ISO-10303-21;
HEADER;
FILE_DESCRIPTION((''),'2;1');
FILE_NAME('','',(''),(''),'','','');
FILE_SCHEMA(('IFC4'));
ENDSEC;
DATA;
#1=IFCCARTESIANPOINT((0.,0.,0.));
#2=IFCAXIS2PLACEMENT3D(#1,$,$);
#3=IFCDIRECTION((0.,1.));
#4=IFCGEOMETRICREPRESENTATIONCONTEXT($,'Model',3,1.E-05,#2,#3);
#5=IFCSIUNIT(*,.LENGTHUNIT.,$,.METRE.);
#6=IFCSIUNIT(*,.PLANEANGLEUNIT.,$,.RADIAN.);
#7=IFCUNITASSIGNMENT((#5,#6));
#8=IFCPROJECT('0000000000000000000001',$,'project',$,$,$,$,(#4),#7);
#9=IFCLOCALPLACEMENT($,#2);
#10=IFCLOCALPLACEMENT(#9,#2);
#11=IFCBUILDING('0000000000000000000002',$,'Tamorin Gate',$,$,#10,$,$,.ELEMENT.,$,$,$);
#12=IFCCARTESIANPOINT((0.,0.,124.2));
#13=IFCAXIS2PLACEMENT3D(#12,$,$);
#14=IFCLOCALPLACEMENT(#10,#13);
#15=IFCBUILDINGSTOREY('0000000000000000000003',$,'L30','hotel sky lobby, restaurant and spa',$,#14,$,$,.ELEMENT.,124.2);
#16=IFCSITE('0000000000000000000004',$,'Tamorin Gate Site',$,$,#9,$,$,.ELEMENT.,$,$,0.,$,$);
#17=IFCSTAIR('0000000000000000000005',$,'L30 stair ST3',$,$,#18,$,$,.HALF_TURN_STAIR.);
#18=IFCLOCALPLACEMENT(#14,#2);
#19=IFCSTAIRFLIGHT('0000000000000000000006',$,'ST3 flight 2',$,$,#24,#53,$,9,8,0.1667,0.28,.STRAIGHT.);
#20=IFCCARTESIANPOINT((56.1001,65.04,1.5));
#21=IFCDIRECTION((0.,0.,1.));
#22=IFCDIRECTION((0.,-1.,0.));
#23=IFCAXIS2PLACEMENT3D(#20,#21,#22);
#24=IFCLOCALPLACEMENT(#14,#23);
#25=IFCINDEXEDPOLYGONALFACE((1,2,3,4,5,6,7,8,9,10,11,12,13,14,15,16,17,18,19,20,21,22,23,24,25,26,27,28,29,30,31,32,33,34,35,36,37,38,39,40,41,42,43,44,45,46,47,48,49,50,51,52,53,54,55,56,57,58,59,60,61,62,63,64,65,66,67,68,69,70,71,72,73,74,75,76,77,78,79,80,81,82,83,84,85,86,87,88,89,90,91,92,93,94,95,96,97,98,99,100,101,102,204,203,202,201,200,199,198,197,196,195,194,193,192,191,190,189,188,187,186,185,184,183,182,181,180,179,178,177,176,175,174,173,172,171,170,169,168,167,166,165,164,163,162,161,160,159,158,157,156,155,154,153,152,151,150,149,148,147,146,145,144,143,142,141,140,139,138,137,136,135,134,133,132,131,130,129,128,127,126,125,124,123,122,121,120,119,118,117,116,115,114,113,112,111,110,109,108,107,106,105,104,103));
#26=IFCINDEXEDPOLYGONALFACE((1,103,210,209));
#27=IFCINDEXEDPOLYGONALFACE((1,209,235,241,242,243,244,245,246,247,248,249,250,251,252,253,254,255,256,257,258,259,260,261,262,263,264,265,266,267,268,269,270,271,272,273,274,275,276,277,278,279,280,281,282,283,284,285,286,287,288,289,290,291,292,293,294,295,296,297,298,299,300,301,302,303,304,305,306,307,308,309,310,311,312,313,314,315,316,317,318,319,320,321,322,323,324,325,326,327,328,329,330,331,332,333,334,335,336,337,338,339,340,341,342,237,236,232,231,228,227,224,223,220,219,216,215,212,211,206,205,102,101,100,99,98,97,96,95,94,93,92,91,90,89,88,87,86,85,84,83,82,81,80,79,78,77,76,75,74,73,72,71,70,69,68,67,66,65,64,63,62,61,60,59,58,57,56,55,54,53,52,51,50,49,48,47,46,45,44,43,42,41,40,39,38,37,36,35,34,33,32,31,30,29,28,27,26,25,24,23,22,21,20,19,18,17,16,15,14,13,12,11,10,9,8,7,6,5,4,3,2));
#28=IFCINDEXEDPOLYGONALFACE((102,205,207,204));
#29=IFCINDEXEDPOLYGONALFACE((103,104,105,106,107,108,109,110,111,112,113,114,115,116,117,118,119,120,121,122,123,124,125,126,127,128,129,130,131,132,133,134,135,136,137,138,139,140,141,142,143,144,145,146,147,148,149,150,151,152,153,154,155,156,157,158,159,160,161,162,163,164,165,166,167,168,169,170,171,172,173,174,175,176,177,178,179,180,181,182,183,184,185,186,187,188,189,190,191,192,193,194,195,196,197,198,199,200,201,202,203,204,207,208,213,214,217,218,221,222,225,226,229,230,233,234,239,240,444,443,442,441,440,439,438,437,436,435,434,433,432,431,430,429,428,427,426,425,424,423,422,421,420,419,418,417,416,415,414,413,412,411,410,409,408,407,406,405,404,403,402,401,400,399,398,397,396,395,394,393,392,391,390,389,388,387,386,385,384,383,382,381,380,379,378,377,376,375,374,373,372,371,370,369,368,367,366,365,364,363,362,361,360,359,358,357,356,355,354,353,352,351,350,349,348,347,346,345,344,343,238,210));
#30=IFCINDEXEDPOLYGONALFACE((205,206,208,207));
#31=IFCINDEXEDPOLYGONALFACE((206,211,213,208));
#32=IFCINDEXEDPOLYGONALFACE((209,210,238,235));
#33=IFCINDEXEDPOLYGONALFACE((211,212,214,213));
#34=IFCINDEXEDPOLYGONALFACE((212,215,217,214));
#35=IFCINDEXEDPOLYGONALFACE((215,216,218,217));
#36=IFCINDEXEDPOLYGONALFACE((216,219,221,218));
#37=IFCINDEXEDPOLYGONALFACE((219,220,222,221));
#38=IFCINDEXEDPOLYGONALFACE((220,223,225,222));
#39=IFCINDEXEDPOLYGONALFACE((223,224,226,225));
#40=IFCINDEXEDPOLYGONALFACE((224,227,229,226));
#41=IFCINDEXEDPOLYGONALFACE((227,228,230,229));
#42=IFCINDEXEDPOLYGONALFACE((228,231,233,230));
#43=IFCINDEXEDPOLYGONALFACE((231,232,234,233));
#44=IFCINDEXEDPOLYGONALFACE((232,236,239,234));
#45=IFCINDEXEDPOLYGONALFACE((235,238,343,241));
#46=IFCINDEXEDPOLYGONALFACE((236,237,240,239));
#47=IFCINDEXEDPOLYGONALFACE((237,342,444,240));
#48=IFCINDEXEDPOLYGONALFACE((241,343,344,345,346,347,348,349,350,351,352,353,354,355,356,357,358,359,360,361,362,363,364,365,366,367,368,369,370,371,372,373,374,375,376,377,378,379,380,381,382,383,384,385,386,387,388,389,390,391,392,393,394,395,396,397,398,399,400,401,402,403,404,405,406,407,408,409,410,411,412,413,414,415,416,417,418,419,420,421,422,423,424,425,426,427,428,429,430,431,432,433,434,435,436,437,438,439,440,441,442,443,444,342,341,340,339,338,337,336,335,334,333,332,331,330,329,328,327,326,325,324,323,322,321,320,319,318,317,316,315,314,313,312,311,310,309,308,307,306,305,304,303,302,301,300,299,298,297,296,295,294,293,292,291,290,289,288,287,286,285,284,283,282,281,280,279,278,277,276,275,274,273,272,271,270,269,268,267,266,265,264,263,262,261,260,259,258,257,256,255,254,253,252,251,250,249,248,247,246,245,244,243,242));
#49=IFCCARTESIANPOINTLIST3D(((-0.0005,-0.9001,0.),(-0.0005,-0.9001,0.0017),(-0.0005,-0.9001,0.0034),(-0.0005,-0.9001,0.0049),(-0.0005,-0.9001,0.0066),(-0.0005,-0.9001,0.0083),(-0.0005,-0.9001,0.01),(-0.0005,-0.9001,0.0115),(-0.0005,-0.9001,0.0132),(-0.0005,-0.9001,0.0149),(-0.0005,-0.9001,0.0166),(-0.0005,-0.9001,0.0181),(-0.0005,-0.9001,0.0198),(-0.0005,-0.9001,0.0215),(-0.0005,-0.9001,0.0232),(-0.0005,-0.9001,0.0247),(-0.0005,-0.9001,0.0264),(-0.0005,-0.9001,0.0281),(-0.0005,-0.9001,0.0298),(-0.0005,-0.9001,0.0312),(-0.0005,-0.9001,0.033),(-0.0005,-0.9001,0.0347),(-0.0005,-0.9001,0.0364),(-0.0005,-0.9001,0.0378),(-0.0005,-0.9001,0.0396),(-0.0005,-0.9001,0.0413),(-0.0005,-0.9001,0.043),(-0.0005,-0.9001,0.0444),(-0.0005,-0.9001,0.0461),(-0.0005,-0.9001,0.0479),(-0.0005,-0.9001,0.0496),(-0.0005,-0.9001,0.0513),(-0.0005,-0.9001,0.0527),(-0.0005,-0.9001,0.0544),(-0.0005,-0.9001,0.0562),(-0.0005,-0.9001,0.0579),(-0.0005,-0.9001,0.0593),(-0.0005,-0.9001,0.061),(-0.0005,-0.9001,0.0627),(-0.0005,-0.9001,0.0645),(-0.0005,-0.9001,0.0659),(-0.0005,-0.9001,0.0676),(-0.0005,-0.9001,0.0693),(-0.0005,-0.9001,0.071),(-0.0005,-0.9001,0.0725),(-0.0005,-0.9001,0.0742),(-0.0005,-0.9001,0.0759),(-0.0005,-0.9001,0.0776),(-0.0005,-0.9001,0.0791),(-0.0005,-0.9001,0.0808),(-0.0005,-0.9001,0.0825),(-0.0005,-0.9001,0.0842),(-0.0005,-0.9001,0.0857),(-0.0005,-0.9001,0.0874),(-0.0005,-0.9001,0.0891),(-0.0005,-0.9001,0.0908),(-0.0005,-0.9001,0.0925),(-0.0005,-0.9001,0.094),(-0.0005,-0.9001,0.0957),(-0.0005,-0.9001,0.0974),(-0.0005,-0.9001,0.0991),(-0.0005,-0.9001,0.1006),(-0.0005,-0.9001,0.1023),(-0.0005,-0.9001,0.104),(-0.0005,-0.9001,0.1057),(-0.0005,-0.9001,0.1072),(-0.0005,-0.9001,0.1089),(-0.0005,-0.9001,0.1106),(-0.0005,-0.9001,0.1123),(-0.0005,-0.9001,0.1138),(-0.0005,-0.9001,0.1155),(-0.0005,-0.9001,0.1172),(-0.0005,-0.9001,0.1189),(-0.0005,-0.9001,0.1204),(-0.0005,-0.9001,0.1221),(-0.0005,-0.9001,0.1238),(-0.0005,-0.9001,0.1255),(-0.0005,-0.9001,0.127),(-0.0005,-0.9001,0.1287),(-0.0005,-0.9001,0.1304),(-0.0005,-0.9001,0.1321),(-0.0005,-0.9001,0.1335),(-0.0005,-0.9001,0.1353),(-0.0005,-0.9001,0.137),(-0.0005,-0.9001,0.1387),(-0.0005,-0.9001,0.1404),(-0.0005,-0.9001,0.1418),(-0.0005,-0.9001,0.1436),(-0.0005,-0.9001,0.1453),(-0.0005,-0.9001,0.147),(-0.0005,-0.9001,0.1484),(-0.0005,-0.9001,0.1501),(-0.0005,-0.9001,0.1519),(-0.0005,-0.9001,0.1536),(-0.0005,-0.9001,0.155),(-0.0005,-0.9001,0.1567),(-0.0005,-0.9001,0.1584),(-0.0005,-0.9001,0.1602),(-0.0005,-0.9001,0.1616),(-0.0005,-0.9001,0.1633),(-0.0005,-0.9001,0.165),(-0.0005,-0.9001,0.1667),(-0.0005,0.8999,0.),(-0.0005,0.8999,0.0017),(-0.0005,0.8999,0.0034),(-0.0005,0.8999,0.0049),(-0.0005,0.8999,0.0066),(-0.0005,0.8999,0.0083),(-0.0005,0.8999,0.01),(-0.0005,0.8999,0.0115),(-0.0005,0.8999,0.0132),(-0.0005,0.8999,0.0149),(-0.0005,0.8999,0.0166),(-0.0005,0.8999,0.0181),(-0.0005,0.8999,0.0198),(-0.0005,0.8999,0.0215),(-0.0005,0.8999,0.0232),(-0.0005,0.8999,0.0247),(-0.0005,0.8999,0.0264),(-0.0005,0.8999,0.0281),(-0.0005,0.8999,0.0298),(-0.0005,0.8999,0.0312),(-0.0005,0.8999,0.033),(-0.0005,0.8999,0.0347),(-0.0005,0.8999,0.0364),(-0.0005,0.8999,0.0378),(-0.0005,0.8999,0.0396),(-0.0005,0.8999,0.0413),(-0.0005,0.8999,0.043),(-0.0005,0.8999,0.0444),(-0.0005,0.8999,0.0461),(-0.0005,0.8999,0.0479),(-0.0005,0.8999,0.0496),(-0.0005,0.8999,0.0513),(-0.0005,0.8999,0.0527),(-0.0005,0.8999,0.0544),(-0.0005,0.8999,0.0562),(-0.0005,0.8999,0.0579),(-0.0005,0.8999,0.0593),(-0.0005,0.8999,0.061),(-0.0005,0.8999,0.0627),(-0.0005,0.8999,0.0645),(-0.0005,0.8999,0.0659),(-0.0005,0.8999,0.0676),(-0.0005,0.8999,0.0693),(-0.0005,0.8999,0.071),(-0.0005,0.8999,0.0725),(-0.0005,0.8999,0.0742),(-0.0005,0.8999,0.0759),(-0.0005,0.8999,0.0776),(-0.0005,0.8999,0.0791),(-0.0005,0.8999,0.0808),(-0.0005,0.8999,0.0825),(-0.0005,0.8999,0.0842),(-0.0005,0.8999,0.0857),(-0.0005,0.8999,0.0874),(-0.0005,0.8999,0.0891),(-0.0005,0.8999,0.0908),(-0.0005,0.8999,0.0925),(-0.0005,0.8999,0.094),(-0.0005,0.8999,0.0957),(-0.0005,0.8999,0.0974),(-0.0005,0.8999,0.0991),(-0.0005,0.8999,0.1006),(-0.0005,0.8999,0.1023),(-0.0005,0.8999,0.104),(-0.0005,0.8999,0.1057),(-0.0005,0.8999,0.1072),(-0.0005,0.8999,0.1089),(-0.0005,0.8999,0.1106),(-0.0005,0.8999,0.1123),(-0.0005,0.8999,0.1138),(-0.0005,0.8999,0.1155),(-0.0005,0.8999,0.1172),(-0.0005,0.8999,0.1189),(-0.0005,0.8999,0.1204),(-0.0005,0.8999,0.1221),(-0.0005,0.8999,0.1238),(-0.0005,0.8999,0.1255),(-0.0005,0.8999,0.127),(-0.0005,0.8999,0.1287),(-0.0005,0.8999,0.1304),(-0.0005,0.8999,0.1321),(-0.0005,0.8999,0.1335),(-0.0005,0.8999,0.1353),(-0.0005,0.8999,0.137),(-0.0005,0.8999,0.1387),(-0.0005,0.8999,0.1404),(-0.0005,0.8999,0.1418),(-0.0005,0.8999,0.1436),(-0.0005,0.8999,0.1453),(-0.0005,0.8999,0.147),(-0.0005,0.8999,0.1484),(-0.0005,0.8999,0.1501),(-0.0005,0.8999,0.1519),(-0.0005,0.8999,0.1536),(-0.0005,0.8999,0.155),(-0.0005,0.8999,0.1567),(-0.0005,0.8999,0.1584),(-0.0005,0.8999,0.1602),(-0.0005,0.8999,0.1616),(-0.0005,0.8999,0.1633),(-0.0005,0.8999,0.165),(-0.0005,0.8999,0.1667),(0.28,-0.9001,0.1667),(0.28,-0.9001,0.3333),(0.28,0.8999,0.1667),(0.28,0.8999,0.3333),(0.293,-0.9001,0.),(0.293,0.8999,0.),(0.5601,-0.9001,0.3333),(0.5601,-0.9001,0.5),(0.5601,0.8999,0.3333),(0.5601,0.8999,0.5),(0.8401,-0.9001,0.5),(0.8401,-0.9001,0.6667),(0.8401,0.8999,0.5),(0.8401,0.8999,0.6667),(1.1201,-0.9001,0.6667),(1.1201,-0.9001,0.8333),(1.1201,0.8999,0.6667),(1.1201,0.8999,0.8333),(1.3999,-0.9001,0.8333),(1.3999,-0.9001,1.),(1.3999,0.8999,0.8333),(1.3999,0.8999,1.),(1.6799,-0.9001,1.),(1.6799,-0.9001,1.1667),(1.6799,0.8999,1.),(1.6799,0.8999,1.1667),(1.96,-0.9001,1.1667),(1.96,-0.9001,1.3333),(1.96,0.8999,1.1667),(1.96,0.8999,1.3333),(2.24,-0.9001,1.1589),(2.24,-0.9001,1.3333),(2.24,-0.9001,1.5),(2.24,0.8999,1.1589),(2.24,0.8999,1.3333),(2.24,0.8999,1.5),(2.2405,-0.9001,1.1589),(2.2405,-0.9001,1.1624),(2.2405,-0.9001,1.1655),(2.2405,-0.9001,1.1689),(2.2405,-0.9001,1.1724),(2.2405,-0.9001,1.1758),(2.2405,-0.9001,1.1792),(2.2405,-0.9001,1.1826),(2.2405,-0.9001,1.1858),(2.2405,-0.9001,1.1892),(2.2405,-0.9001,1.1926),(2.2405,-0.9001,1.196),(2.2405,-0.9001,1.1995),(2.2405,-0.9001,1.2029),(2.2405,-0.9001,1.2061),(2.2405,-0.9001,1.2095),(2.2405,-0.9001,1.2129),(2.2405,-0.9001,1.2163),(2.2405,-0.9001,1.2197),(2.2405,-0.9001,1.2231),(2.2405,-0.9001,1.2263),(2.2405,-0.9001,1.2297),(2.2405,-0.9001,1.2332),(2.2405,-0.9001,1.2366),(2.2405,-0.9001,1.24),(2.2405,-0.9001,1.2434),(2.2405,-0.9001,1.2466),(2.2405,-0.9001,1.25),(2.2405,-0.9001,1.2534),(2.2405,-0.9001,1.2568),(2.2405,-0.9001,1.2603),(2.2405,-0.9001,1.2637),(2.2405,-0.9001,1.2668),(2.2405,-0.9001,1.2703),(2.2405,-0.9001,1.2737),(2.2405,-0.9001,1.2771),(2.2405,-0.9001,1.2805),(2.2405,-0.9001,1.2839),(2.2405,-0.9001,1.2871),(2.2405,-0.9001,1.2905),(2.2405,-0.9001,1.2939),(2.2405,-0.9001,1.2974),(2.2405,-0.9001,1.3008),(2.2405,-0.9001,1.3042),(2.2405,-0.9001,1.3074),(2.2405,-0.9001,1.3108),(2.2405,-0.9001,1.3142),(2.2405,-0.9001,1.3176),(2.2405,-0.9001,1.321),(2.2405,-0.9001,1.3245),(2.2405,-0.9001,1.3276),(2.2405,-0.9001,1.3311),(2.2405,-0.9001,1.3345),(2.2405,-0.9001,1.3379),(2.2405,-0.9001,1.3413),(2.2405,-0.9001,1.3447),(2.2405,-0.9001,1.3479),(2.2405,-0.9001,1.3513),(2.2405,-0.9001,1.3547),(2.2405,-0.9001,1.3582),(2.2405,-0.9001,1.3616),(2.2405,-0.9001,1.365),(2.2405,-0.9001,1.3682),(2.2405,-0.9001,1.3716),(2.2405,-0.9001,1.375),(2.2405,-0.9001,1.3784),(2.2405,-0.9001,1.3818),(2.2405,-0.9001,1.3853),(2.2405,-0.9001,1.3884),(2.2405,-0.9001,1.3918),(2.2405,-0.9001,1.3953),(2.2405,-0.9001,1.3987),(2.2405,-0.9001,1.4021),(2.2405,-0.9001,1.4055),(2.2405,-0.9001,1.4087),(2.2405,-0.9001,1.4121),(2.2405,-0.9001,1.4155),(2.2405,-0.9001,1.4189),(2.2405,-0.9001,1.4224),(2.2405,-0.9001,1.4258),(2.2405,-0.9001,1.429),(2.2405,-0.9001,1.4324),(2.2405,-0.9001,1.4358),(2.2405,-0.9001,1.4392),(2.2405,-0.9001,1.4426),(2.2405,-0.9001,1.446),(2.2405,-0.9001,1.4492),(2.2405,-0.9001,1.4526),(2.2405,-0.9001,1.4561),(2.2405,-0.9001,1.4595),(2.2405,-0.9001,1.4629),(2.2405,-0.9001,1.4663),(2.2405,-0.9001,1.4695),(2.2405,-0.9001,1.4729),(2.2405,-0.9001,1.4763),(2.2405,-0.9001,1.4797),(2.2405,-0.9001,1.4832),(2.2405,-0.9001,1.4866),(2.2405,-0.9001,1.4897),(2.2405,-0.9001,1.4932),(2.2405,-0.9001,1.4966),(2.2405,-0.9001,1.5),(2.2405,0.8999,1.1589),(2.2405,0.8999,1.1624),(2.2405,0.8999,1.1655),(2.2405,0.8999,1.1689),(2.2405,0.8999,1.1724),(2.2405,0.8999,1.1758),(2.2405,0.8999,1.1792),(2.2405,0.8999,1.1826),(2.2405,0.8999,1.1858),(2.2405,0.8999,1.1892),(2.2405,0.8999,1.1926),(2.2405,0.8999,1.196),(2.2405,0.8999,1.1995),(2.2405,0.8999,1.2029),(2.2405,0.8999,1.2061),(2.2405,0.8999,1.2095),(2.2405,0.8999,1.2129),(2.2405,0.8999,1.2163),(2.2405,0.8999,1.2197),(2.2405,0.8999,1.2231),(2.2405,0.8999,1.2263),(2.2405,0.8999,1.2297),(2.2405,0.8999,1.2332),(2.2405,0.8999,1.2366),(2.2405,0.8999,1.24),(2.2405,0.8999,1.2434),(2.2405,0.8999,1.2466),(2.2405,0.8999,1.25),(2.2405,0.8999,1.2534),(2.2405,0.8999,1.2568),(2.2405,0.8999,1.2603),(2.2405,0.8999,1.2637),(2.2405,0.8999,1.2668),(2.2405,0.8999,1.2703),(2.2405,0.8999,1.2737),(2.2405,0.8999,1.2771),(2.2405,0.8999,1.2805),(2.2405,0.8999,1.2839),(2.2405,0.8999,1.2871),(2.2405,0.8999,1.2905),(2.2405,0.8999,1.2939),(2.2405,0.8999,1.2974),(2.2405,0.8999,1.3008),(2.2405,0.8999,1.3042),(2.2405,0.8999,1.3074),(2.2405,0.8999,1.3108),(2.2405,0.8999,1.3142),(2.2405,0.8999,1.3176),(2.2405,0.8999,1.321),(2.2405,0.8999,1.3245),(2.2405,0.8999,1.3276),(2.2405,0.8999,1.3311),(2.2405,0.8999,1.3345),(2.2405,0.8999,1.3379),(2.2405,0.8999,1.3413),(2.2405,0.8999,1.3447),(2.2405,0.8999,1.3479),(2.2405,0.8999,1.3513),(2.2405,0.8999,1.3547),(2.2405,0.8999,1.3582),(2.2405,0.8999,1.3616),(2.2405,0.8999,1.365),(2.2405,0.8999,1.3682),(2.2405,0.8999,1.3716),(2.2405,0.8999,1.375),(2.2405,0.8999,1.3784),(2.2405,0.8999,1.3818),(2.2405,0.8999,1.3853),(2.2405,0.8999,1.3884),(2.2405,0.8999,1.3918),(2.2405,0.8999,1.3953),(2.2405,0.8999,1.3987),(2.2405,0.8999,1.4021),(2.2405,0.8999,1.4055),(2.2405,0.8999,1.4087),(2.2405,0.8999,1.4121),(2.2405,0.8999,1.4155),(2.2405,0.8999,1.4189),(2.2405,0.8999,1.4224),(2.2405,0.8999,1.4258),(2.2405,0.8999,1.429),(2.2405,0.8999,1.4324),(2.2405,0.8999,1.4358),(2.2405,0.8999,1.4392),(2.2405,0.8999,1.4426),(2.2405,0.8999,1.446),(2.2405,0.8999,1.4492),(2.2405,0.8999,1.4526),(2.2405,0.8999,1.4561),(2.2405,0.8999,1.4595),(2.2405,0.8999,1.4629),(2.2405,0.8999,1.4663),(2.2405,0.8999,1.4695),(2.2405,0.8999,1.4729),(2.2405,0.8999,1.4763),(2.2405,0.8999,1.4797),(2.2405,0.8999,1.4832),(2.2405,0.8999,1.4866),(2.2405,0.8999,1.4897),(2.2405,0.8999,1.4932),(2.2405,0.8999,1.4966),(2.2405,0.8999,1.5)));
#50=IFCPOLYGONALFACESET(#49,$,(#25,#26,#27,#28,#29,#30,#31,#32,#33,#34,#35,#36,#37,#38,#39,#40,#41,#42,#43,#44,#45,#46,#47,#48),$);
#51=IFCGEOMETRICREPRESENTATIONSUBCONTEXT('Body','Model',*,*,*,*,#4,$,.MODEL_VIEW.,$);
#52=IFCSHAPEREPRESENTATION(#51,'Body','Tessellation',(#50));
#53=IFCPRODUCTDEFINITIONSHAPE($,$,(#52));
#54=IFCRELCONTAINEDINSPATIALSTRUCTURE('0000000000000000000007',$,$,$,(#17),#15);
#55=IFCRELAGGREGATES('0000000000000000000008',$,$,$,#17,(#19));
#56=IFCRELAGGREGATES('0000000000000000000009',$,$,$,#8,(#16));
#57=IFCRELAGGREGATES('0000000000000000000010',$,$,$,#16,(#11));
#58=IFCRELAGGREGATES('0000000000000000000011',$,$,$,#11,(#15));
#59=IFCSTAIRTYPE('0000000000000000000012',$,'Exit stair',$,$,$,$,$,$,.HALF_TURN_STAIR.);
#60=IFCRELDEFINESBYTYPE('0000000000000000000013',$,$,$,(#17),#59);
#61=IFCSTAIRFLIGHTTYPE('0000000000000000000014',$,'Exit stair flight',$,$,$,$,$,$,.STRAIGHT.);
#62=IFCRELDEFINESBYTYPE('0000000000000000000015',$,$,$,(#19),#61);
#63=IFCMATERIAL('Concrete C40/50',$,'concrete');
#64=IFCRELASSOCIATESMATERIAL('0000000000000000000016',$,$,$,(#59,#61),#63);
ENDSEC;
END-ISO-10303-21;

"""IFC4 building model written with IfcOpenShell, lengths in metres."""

from ifc_helpers import new_model, si_unit, direction, frame, origin, place, context, subcontext, project, spatial, polyline, outline, extrude, material, type_object, element, aggregate, save


model = new_model("IFC4")

# Units and contexts
model_context = context("Model", 3, precision=1e-05, world=origin(), true_north=direction((0.0, 1.0)))
body_context = subcontext(model_context, "Body", "Model", "MODEL_VIEW")
ifc_project = project(units=[si_unit("LENGTHUNIT", "METRE"), si_unit("PLANEANGLEUNIT", "RADIAN")], contexts=[model_context])

# Site, building, storey
site_placement = place(None, origin())
site = spatial("IfcSite", under=ifc_project, at=site_placement, Name="Tamorin Gate Site", CompositionType="ELEMENT", RefElevation=0.0)
building_placement = place(site_placement, origin())
building = spatial("IfcBuilding", under=site, at=building_placement, Name="Tamorin Gate", CompositionType="ELEMENT")
storey_placement = place(building_placement, frame((0.0, 0.0, 124.2)))
storey = spatial("IfcBuildingStorey", under=building, at=storey_placement, Name="L30", Description="hotel sky lobby, restaurant and spa", CompositionType="ELEMENT", Elevation=124.2)

# Shared definitions
ifc_material_1 = material(Name="Concrete C40/50", Category="concrete")

# Stair, stair flight
stair_type = type_object("IfcStairType", Name="Exit stair", PredefinedType="HALF_TURN_STAIR", material=ifc_material_1)
stair_placement = place(storey_placement, origin())
stair = element("IfcStair", 1, at=stair_placement, inside=storey, type_object=stair_type, Name="L30 stair ST3", PredefinedType="HALF_TURN_STAIR")
stair_flight_type = type_object("IfcStairFlightType", Name="Exit stair flight", PredefinedType="STRAIGHT", material=ifc_material_1)
stair_flight_1_placement = place(storey_placement, frame((56.1001, 65.04, 1.5), z_axis=(0.0, 0.0, 1.0), x_axis=(0.0, -1.0, 0.0)))
stair_flight_1 = element("IfcStairFlight", 2, at=stair_flight_1_placement, type_object=stair_flight_type, Name="ST3 flight 2", NumberOfRisers=9, NumberOfTreads=8, PredefinedType="STRAIGHT", RiserHeight=0.1667, TreadLength=0.28, context=body_context, shape_type="SweptSolid", body=[
    extrude(outline(polyline([(-0.0005, 0.0), (-0.0005, 0.0017), (-0.0005, 0.0034), (-0.0005, 0.0049), (-0.0005, 0.0066), (-0.0005, 0.0083), (-0.0005, 0.01), (-0.0005, 0.0115), (-0.0005, 0.0132), (-0.0005, 0.0149), (-0.0005, 0.0166), (-0.0005, 0.0181), (-0.0005, 0.0198), (-0.0005, 0.0215), (-0.0005, 0.0232), (-0.0005, 0.0247), (-0.0005, 0.0264), (-0.0005, 0.0281), (-0.0005, 0.0298), (-0.0005, 0.0312), (-0.0005, 0.033), (-0.0005, 0.0347), (-0.0005, 0.0364), (-0.0005, 0.0378), (-0.0005, 0.0396), (-0.0005, 0.0413), (-0.0005, 0.043), (-0.0005, 0.0444), (-0.0005, 0.0461), (-0.0005, 0.0479), (-0.0005, 0.0496), (-0.0005, 0.0513), (-0.0005, 0.0527), (-0.0005, 0.0544), (-0.0005, 0.0562), (-0.0005, 0.0579), (-0.0005, 0.0593), (-0.0005, 0.061), (-0.0005, 0.0627), (-0.0005, 0.0645), (-0.0005, 0.0659), (-0.0005, 0.0676), (-0.0005, 0.0693), (-0.0005, 0.071), (-0.0005, 0.0725), (-0.0005, 0.0742), (-0.0005, 0.0759), (-0.0005, 0.0776), (-0.0005, 0.0791), (-0.0005, 0.0808), (-0.0005, 0.0825), (-0.0005, 0.0842), (-0.0005, 0.0857), (-0.0005, 0.0874), (-0.0005, 0.0891), (-0.0005, 0.0908), (-0.0005, 0.0925), (-0.0005, 0.094), (-0.0005, 0.0957), (-0.0005, 0.0974), (-0.0005, 0.0991), (-0.0005, 0.1006), (-0.0005, 0.1023), (-0.0005, 0.104), (-0.0005, 0.1057), (-0.0005, 0.1072), (-0.0005, 0.1089), (-0.0005, 0.1106), (-0.0005, 0.1123), (-0.0005, 0.1138), (-0.0005, 0.1155), (-0.0005, 0.1172), (-0.0005, 0.1189), (-0.0005, 0.1204), (-0.0005, 0.1221), (-0.0005, 0.1238), (-0.0005, 0.1255), (-0.0005, 0.127), (-0.0005, 0.1287), (-0.0005, 0.1304), (-0.0005, 0.1321), (-0.0005, 0.1335), (-0.0005, 0.1353), (-0.0005, 0.137), (-0.0005, 0.1387), (-0.0005, 0.1404), (-0.0005, 0.1418), (-0.0005, 0.1436), (-0.0005, 0.1453), (-0.0005, 0.147), (-0.0005, 0.1484), (-0.0005, 0.1501), (-0.0005, 0.1519), (-0.0005, 0.1536), (-0.0005, 0.155), (-0.0005, 0.1567), (-0.0005, 0.1584), (-0.0005, 0.1602), (-0.0005, 0.1616), (-0.0005, 0.1633), (-0.0005, 0.165), (-0.0005, 0.1667), (0.28, 0.1667), (0.28, 0.3333), (0.5601, 0.3333), (0.5601, 0.5), (0.8401, 0.5), (0.8401, 0.6667), (1.1201, 0.6667), (1.1201, 0.8333), (1.3999, 0.8333), (1.3999, 1.0), (1.6799, 1.0), (1.6799, 1.1667), (1.96, 1.1667), (1.96, 1.3333), (2.24, 1.3333), (2.24, 1.5), (2.2405, 1.5), (2.2405, 1.4966), (2.2405, 1.4932), (2.2405, 1.4897), (2.2405, 1.4866), (2.2405, 1.4832), (2.2405, 1.4797), (2.2405, 1.4763), (2.2405, 1.4729), (2.2405, 1.4695), (2.2405, 1.4663), (2.2405, 1.4629), (2.2405, 1.4595), (2.2405, 1.4561), (2.2405, 1.4526), (2.2405, 1.4492), (2.2405, 1.446), (2.2405, 1.4426), (2.2405, 1.4392), (2.2405, 1.4358), (2.2405, 1.4324), (2.2405, 1.429), (2.2405, 1.4258), (2.2405, 1.4224), (2.2405, 1.4189), (2.2405, 1.4155), (2.2405, 1.4121), (2.2405, 1.4087), (2.2405, 1.4055), (2.2405, 1.4021), (2.2405, 1.3987), (2.2405, 1.3953), (2.2405, 1.3918), (2.2405, 1.3884), (2.2405, 1.3853), (2.2405, 1.3818), (2.2405, 1.3784), (2.2405, 1.375), (2.2405, 1.3716), (2.2405, 1.3682), (2.2405, 1.365), (2.2405, 1.3616), (2.2405, 1.3582), (2.2405, 1.3547), (2.2405, 1.3513), (2.2405, 1.3479), (2.2405, 1.3447), (2.2405, 1.3413), (2.2405, 1.3379), (2.2405, 1.3345), (2.2405, 1.3311), (2.2405, 1.3276), (2.2405, 1.3245), (2.2405, 1.321), (2.2405, 1.3176), (2.2405, 1.3142), (2.2405, 1.3108), (2.2405, 1.3074), (2.2405, 1.3042), (2.2405, 1.3008), (2.2405, 1.2974), (2.2405, 1.2939), (2.2405, 1.2905), (2.2405, 1.2871), (2.2405, 1.2839), (2.2405, 1.2805), (2.2405, 1.2771), (2.2405, 1.2737), (2.2405, 1.2703), (2.2405, 1.2668), (2.2405, 1.2637), (2.2405, 1.2603), (2.2405, 1.2568), (2.2405, 1.2534), (2.2405, 1.25), (2.2405, 1.2466), (2.2405, 1.2434), (2.2405, 1.24), (2.2405, 1.2366), (2.2405, 1.2332), (2.2405, 1.2297), (2.2405, 1.2263), (2.2405, 1.2231), (2.2405, 1.2197), (2.2405, 1.2163), (2.2405, 1.2129), (2.2405, 1.2095), (2.2405, 1.2061), (2.2405, 1.2029), (2.2405, 1.1995), (2.2405, 1.196), (2.2405, 1.1926), (2.2405, 1.1892), (2.2405, 1.1858), (2.2405, 1.1826), (2.2405, 1.1792), (2.2405, 1.1758), (2.2405, 1.1724), (2.2405, 1.1689), (2.2405, 1.1655), (2.2405, 1.1624), (2.2405, 1.1589), (2.24, 1.1589), (0.293, 0.0), (-0.0005, 0.0)])), frame((0.0, 0.8999, 0.0), z_axis=(0.0, -1.0, 0.0), x_axis=(1.0, 0.0, 0.0)), (0.0, 0.0, 1.0), 1.8),
])
aggregate(stair, [stair_flight_1])

save(model, "model.ifc")
